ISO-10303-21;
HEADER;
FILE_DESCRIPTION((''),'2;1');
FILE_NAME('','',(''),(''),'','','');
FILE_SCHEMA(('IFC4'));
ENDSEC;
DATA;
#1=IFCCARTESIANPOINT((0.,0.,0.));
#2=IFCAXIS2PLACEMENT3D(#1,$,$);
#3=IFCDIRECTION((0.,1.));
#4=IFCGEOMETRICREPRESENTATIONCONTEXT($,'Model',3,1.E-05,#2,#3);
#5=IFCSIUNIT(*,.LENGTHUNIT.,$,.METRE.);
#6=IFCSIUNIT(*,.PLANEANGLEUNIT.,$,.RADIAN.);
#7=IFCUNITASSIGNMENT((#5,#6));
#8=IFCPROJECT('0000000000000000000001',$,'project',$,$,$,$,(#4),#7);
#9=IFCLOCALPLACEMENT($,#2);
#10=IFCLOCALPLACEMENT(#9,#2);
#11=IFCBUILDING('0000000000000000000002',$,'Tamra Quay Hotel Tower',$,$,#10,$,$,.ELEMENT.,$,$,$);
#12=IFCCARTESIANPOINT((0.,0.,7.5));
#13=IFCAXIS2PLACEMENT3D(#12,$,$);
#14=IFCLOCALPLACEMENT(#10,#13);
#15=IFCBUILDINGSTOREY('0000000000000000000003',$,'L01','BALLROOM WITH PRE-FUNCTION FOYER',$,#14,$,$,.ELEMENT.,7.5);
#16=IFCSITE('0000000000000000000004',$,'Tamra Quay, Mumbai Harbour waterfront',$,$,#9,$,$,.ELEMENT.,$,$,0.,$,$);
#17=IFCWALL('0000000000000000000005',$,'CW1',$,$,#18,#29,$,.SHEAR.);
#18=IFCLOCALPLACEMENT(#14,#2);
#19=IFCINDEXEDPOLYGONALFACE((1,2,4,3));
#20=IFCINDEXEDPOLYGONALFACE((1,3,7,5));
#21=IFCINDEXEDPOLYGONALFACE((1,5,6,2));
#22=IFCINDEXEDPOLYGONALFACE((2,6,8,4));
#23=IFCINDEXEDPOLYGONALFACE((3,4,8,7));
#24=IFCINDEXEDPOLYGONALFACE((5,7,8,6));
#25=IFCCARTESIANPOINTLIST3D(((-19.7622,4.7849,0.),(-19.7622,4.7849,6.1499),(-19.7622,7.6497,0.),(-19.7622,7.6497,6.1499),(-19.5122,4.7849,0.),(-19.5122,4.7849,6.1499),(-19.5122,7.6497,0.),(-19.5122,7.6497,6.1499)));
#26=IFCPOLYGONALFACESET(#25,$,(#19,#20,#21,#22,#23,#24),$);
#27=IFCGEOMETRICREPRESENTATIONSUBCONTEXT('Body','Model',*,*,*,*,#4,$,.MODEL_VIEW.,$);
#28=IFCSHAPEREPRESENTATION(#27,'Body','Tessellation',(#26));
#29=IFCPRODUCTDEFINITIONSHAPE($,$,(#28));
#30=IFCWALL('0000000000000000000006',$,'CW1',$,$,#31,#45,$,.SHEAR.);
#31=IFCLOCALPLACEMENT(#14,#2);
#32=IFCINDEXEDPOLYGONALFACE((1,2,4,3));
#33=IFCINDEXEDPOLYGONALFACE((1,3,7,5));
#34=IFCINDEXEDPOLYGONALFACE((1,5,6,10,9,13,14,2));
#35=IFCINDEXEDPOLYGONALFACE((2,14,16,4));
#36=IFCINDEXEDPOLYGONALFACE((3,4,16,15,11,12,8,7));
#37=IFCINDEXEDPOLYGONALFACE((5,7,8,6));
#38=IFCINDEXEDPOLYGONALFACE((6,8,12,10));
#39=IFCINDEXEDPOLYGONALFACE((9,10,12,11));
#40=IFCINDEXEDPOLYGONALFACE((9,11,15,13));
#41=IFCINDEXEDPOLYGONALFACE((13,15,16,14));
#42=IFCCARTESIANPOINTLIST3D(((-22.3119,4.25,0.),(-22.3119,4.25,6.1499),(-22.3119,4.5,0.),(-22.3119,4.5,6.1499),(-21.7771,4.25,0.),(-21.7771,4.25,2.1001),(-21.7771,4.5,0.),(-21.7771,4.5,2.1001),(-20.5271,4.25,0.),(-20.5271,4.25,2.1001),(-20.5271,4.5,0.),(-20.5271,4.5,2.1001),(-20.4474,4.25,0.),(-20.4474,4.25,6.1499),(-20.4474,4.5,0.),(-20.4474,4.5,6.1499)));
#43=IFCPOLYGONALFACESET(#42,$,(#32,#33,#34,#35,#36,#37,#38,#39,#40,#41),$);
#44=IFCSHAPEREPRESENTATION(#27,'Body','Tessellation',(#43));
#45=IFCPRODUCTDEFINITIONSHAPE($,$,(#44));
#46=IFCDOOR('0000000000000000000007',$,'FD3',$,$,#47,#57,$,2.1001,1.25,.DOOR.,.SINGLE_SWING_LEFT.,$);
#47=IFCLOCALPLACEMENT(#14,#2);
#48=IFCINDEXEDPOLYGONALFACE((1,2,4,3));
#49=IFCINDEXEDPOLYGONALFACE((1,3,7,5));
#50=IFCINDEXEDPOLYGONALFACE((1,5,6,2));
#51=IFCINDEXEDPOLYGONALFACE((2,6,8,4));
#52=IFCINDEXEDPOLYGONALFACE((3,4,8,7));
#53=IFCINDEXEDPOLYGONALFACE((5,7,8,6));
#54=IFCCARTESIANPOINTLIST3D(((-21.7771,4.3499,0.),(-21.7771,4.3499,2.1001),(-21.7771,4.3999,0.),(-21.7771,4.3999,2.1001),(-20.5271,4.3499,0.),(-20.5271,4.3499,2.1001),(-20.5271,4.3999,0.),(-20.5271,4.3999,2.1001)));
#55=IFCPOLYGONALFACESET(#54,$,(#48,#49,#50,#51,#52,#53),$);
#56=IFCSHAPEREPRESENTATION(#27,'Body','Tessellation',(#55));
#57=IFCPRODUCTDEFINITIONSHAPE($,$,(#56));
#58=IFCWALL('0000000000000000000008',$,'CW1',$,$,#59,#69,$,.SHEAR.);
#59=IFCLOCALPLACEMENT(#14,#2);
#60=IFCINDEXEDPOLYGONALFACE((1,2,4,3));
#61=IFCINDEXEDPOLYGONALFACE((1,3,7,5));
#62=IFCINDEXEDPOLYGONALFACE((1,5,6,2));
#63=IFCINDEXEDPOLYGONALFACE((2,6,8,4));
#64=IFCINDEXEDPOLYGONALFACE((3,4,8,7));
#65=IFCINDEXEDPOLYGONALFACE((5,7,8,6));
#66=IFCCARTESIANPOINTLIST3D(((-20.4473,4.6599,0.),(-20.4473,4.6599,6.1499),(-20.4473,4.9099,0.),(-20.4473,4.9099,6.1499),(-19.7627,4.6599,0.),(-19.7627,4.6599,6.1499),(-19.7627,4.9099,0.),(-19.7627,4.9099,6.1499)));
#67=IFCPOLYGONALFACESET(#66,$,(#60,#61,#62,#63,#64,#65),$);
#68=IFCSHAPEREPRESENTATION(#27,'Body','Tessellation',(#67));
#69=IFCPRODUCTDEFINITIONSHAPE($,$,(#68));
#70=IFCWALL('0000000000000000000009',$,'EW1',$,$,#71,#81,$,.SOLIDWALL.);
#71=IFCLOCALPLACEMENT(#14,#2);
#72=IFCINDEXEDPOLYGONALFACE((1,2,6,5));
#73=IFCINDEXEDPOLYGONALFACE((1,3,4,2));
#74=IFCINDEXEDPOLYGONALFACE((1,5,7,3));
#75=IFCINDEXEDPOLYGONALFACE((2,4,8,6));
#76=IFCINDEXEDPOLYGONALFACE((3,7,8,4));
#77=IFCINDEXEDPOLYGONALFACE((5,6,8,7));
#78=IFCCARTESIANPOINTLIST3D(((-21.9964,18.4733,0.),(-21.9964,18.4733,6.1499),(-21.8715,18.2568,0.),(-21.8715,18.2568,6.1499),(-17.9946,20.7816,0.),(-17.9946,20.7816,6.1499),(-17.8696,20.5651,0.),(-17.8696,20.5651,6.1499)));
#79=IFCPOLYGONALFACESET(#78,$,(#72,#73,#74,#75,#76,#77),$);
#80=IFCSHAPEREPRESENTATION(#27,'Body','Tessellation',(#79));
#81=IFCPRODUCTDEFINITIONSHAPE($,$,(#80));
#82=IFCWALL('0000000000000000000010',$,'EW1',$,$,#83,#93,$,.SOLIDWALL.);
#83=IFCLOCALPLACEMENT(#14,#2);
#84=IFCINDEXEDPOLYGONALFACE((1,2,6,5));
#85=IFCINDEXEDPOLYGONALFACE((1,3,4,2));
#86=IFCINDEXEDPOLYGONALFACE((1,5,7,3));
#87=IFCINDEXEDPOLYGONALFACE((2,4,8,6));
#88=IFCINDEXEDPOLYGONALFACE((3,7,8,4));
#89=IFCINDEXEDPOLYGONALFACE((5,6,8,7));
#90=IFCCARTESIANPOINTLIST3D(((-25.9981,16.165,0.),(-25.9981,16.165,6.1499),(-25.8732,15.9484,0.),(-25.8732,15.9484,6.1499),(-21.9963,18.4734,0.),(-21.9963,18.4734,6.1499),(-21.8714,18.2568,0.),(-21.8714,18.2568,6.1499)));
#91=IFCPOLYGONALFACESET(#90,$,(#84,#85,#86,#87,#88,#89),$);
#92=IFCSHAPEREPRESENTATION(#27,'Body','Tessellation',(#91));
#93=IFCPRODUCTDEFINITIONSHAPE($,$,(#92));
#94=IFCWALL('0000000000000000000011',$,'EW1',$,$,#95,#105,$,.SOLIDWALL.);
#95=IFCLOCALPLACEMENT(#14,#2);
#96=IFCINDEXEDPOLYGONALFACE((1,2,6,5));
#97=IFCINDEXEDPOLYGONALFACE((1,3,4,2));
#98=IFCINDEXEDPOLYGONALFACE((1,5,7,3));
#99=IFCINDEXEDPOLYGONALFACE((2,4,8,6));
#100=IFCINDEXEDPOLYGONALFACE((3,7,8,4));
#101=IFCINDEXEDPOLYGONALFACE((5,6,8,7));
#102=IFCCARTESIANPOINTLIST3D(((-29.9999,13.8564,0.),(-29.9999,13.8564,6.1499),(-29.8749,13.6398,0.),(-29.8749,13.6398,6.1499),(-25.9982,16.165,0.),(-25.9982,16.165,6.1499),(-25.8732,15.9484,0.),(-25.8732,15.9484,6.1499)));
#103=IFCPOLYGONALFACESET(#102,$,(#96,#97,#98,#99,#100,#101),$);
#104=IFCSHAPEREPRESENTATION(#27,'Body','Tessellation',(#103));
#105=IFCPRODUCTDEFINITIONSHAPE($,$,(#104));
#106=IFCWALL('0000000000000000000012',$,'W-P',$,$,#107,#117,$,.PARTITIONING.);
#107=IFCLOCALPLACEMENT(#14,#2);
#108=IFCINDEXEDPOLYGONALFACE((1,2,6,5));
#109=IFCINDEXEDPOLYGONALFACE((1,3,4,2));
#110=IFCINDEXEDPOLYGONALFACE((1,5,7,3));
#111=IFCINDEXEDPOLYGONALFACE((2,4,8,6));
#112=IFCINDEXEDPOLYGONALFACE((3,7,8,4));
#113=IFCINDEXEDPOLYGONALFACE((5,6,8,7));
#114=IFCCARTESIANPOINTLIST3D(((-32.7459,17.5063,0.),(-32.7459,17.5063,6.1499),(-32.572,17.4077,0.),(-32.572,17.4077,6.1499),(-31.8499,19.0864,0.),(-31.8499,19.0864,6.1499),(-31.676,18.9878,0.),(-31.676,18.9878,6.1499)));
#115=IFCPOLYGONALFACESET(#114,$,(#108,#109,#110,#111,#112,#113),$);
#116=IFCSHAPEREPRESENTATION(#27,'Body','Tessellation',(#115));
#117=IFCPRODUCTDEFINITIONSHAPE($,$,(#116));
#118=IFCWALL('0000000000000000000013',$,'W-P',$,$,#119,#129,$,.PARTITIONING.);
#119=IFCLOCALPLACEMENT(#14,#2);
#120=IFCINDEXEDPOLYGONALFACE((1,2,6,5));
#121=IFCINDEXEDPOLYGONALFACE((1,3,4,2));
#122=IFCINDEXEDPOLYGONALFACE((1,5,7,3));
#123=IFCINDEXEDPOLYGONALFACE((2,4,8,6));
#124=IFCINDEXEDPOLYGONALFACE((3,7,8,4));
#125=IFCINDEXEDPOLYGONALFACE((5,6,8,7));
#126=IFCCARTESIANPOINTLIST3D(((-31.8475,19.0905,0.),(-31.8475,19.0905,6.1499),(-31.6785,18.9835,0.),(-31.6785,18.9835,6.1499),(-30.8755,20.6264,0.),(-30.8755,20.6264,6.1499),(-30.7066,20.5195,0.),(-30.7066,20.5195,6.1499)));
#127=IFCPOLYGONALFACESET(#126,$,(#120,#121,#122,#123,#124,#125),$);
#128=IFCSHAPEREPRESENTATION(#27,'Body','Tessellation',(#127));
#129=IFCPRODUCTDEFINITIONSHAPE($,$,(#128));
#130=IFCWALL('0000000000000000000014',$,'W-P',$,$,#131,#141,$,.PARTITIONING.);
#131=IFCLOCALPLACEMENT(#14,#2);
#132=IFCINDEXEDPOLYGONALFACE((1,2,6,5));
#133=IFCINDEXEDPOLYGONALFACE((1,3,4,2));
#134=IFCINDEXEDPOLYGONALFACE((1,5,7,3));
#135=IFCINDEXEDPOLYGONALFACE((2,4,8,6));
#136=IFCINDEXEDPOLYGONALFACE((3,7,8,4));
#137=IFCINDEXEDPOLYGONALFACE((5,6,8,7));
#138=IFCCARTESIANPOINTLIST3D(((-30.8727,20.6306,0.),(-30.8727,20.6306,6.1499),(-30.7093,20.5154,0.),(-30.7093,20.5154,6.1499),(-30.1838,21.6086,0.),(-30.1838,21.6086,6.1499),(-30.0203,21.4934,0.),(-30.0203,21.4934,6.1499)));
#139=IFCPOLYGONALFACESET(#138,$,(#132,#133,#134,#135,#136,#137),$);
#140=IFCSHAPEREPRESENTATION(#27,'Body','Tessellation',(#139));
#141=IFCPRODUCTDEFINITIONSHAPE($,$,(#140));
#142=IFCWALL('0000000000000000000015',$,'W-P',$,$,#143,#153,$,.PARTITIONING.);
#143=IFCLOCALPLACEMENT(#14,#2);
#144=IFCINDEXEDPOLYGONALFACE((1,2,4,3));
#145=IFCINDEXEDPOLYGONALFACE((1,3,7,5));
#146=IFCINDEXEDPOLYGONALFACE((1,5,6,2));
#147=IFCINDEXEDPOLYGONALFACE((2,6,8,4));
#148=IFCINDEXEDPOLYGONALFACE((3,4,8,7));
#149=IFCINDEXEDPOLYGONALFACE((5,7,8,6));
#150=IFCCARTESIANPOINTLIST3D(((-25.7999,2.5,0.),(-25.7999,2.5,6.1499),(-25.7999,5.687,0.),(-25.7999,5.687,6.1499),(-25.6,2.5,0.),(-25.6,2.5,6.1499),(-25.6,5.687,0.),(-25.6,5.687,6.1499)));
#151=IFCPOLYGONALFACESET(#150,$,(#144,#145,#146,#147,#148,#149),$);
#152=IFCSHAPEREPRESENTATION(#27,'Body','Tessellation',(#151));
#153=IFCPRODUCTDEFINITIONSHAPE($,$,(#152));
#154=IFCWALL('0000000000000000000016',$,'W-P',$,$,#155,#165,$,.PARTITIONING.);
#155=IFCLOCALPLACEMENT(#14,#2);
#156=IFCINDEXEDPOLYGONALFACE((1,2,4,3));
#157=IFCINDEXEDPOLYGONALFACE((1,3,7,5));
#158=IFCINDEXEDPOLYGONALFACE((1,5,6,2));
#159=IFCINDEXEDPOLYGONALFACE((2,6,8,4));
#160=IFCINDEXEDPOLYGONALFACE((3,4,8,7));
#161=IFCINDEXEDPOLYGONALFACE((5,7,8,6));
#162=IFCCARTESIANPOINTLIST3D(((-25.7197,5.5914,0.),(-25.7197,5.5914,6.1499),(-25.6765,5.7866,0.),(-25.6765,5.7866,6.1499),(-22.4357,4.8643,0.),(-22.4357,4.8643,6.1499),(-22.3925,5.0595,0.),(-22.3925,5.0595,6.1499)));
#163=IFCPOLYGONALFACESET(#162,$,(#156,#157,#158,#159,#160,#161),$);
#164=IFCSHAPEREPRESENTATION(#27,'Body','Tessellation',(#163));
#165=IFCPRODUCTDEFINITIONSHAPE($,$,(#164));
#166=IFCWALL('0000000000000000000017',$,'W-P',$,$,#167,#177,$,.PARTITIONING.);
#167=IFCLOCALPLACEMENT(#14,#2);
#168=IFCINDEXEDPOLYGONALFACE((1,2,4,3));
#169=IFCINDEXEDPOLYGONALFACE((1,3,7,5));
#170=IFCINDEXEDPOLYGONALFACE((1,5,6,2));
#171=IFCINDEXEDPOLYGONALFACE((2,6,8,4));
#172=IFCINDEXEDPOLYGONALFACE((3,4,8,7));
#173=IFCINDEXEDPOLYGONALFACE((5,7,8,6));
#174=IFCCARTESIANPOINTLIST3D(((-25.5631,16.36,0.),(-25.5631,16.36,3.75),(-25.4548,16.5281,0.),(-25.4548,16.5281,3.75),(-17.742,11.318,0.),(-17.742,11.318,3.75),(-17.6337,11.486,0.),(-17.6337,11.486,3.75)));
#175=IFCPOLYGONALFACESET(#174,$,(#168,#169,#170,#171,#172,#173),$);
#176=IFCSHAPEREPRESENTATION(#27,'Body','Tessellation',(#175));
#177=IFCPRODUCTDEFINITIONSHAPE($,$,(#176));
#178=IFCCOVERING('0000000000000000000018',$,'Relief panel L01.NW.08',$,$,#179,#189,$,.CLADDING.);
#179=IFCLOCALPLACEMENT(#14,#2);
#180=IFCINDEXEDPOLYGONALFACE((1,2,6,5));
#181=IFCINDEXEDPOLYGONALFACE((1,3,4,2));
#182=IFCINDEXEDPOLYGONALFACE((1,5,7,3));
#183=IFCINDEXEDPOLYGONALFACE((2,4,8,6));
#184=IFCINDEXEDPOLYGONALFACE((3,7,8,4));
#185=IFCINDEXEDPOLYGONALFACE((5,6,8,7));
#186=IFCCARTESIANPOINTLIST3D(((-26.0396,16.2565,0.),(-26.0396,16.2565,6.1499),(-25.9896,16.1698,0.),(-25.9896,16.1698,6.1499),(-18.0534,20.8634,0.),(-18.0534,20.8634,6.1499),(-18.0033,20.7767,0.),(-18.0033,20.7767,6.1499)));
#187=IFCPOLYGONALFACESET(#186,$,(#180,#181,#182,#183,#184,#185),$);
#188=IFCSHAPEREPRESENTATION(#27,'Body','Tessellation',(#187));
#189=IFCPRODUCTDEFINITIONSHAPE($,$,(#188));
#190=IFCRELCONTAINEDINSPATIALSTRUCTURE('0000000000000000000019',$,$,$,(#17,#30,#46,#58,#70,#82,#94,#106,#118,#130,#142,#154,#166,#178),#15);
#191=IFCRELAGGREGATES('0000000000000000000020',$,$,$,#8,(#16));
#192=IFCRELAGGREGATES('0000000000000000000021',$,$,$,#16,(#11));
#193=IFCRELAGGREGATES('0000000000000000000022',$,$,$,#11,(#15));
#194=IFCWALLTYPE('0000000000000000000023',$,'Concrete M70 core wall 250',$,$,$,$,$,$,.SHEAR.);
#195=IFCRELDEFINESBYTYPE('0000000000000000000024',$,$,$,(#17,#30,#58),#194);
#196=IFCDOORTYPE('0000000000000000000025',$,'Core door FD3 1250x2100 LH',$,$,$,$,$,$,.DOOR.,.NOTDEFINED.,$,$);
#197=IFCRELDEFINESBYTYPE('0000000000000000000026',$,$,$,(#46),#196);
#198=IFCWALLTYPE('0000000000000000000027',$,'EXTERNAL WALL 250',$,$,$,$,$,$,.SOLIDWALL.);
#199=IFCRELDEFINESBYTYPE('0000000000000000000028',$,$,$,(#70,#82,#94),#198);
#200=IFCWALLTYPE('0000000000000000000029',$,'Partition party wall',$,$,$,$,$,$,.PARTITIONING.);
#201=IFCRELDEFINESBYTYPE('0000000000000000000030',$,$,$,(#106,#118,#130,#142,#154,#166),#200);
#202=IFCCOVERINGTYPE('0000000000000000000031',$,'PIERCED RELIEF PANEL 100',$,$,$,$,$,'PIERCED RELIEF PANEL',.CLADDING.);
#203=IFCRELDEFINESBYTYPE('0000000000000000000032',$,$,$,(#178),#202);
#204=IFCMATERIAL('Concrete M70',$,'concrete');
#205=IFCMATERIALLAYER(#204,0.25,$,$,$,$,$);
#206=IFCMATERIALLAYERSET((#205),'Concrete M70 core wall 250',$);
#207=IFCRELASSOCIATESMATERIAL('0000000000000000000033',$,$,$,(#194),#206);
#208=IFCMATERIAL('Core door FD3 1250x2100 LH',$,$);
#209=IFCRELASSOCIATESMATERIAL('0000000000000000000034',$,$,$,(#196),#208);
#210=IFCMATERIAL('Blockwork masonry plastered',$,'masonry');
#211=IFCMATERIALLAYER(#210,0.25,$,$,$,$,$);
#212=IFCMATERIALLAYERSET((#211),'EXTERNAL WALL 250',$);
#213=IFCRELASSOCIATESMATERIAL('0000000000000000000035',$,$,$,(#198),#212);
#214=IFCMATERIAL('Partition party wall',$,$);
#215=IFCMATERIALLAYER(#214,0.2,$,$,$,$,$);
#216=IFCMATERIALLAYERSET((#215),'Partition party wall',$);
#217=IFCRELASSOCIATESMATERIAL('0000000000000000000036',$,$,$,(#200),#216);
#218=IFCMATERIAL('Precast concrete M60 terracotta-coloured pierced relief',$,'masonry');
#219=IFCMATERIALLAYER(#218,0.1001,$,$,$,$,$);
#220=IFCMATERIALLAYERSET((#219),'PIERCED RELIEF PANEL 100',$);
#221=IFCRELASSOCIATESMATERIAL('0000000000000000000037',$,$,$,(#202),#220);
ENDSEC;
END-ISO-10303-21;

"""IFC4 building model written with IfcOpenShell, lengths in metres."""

from ifc_helpers import new_model, si_unit, direction, frame, frame_2d, origin, origin_2d, place, context, subcontext, project, spatial, rectangle, extrude, material, layer, layer_set, type_object, element, fill, save


model = new_model("IFC4")

# Units and contexts
model_context = context("Model", 3, precision=1e-05, world=origin(), true_north=direction((0.0, 1.0)))
body_context = subcontext(model_context, "Body", "Model", "MODEL_VIEW")
ifc_project = project(units=[si_unit("LENGTHUNIT", "METRE"), si_unit("PLANEANGLEUNIT", "RADIAN")], contexts=[model_context])

# Site, building, storey
site_placement = place(None, origin())
site = spatial("IfcSite", under=ifc_project, at=site_placement, Name="Tamra Quay, Mumbai Harbour waterfront", CompositionType="ELEMENT", RefElevation=0.0)
building_placement = place(site_placement, origin())
building = spatial("IfcBuilding", under=site, at=building_placement, Name="Tamra Quay Hotel Tower", CompositionType="ELEMENT")
storey_placement = place(building_placement, frame((0.0, 0.0, 7.5)))
storey = spatial("IfcBuildingStorey", under=building, at=storey_placement, Name="L01", Description="BALLROOM WITH PRE-FUNCTION FOYER", CompositionType="ELEMENT", Elevation=7.5)

# Shared definitions
ifc_material_1 = material(Name="Concrete M70", Category="concrete")

# Wall
ifc_layer_1 = layer(ifc_material_1, 0.25)
ifc_layer_set_1 = layer_set([ifc_layer_1], Name="Concrete M70 core wall 250")
wall_type_1 = type_object("IfcWallType", Name="Concrete M70 core wall 250", PredefinedType="SHEAR", material=ifc_layer_set_1)
wall_1_placement = place(storey_placement, frame((-19.6372, 4.7849, 0.0), z_axis=(0.0, 0.0, 1.0), x_axis=(0.0, 1.0, 0.0)))
element("IfcWall", 1, at=wall_1_placement, inside=storey, type_object=wall_type_1, Name="CW1", PredefinedType="SHEAR", context=body_context, shape_type="SweptSolid", body=[
    extrude(rectangle(XDim=2.8647, YDim=0.25, at=frame_2d((1.4324, 0.0))), origin(), (0.0, 0.0, 1.0), 6.1499),
])

# Wall, opening, door
wall_2_placement = place(storey_placement, frame((-22.3118, 4.375, 0.0), z_axis=(0.0, 0.0, 1.0), x_axis=(1.0, 0.0, 0.0)))
wall_2 = element("IfcWall", 2, at=wall_2_placement, inside=storey, type_object=wall_type_1, Name="CW1", PredefinedType="SHEAR", context=body_context, shape_type="SweptSolid", body=[
    extrude(rectangle(XDim=1.8645, YDim=0.25, at=frame_2d((0.9321, 0.0))), origin(), (0.0, 0.0, 1.0), 6.1499),
])
opening_placement = place(wall_2_placement, frame((0.5347, 0.0, 0.0)))
opening = element("IfcOpeningElement", 3, at=opening_placement, cuts=wall_2, PredefinedType="OPENING", context=body_context, shape_type="SweptSolid", body=[
    extrude(rectangle(XDim=1.25, YDim=2.1001, at=frame_2d((0.625, 1.05))), frame((0.0, 0.135, 0.0), z_axis=(0.0, -1.0, 0.0), x_axis=(1.0, 0.0, 0.0)), (0.0, 0.0, 1.0), 0.27),
])
ifc_material_2 = material(Name="Core door FD3 1250x2100 LH")
door_type = type_object("IfcDoorType", Name="Core door FD3 1250x2100 LH", OperationType="NOTDEFINED", PredefinedType="DOOR", material=ifc_material_2)
door_placement = place(opening_placement, origin())
door = element("IfcDoor", 4, at=door_placement, inside=storey, type_object=door_type, Name="FD3", OperationType="SINGLE_SWING_LEFT", OverallHeight=2.1001, OverallWidth=1.25, PredefinedType="DOOR", context=body_context, shape_type="SweptSolid", body=[
    extrude(rectangle(XDim=1.25, YDim=2.1001, at=frame_2d((0.625, 1.05))), frame((0.0, 0.0249, 0.0), z_axis=(0.0, -1.0, 0.0), x_axis=(1.0, 0.0, 0.0)), (0.0, 0.0, 1.0), 0.05),
])
fill(opening, door)

# Walls
wall_3_placement = place(storey_placement, frame((-20.4473, 4.7849, 0.0), z_axis=(0.0, 0.0, 1.0), x_axis=(1.0, 0.0, 0.0)))
element("IfcWall", 5, at=wall_3_placement, inside=storey, type_object=wall_type_1, Name="CW1", PredefinedType="SHEAR", context=body_context, shape_type="SweptSolid", body=[
    extrude(rectangle(XDim=0.6846, YDim=0.25, at=frame_2d((0.3423, 0.0))), origin(), (0.0, 0.0, 1.0), 6.1499),
])
ifc_material_3 = material(Name="Blockwork masonry plastered", Category="masonry")
ifc_layer_2 = layer(ifc_material_3, 0.25)
ifc_layer_set_2 = layer_set([ifc_layer_2], Name="EXTERNAL WALL 250")
wall_type_2 = type_object("IfcWallType", Name="EXTERNAL WALL 250", PredefinedType="SOLIDWALL", material=ifc_layer_set_2)
for number, where, z_axis, x_axis, name in (
    (6, (-21.9341, 18.365, 0.0), (0.0, 0.0, 1.0), (0.86623, 0.499646, 0.0), "EW1"),
    (7, (-25.9358, 16.0566, 0.0), (0.0, 0.0, 1.0), (0.866216, 0.499669, 0.0), "EW1"),
    (8, (-29.9375, 13.748, 0.0), (0.0, 0.0, 1.0), (0.866194, 0.499709, 0.0), "EW1"),
):
    element("IfcWall", number, at=place(storey_placement, frame(where, z_axis=z_axis, x_axis=x_axis)), inside=storey, type_object=wall_type_2, Name=name, PredefinedType="SOLIDWALL", context=body_context, shape_type="SweptSolid", body=[
        extrude(rectangle(XDim=4.6199, YDim=0.25, at=frame_2d((2.3101, 0.0))), origin(), (0.0, 0.0, 1.0), 6.1499),
    ])
ifc_material_4 = material(Name="Partition party wall")
ifc_layer_3 = layer(ifc_material_4, 0.2)
ifc_layer_set_3 = layer_set([ifc_layer_3], Name="Partition party wall")
wall_type_3 = type_object("IfcWallType", Name="Partition party wall", PredefinedType="PARTITIONING", material=ifc_layer_set_3)
wall_4_placement = place(storey_placement, frame((-32.6589, 17.457, 0.0), z_axis=(0.0, 0.0, 1.0), x_axis=(0.49327, 0.869876, 0.0)))
element("IfcWall", 9, at=wall_4_placement, inside=storey, type_object=wall_type_3, Name="W-P", PredefinedType="PARTITIONING", context=body_context, shape_type="SweptSolid", body=[
    extrude(rectangle(XDim=1.8164, YDim=0.2, at=frame_2d((0.9082, 0.0))), origin(), (0.0, 0.0, 1.0), 6.1499),
])
wall_5_placement = place(storey_placement, frame((-31.7629, 19.0371, 0.0), z_axis=(0.0, 0.0, 1.0), x_axis=(0.534736, 0.845019, 0.0)))
element("IfcWall", 10, at=wall_5_placement, inside=storey, type_object=wall_type_3, Name="W-P", PredefinedType="PARTITIONING", context=body_context, shape_type="SweptSolid", body=[
    extrude(rectangle(XDim=1.8176, YDim=0.2, at=frame_2d((0.9087, 0.0))), origin(), (0.0, 0.0, 1.0), 6.1499),
])
wall_6_placement = place(storey_placement, frame((-30.791, 20.573, 0.0), z_axis=(0.0, 0.0, 1.0), x_axis=(0.575898, 0.817522, 0.0)))
element("IfcWall", 11, at=wall_6_placement, inside=storey, type_object=wall_type_3, Name="W-P", PredefinedType="PARTITIONING", context=body_context, shape_type="SweptSolid", body=[
    extrude(rectangle(XDim=1.1963, YDim=0.2, at=frame_2d((0.5981, 0.0))), origin(), (0.0, 0.0, 1.0), 6.1499),
])
wall_7_placement = place(storey_placement, frame((-25.7, 2.5, 0.0), z_axis=(0.0, 0.0, 1.0), x_axis=(0.0, 1.0, 0.0)))
element("IfcWall", 12, at=wall_7_placement, inside=storey, type_object=wall_type_3, Name="W-P", PredefinedType="PARTITIONING", context=body_context, shape_type="SweptSolid", body=[
    extrude(rectangle(XDim=3.187, YDim=0.2, at=frame_2d((1.5935, 0.0))), origin(), (0.0, 0.0, 1.0), 6.1499),
])
wall_8_placement = place(storey_placement, frame((-25.698, 5.689, 0.0), z_axis=(0.0, 0.0, 1.0), x_axis=(0.976358, -0.216162, 0.0)))
element("IfcWall", 13, at=wall_8_placement, inside=storey, type_object=wall_type_3, Name="W-P", PredefinedType="PARTITIONING", context=body_context, shape_type="SweptSolid", body=[
    extrude(rectangle(XDim=3.3635, YDim=0.2, at=frame_2d((1.6816, 0.0))), origin(), (0.0, 0.0, 1.0), 6.1499),
])
wall_9_placement = place(storey_placement, frame((-25.509, 16.4441, 0.0), z_axis=(0.0, 0.0, 1.0), x_axis=(0.840485, -0.541835, 0.0)))
element("IfcWall", 14, at=wall_9_placement, inside=storey, type_object=wall_type_3, Name="W-P", PredefinedType="PARTITIONING", context=body_context, shape_type="SweptSolid", body=[
    extrude(rectangle(XDim=9.3054, YDim=0.2, at=frame_2d((4.6528, 0.0))), origin(), (0.0, 0.0, 1.0), 3.75),
])

# Covering
ifc_material_5 = material(Name="Precast concrete M60 terracotta-coloured pierced relief", Category="masonry")
ifc_layer_4 = layer(ifc_material_5, 0.1001)
ifc_layer_set_4 = layer_set([ifc_layer_4], Name="PIERCED RELIEF PANEL 100")
covering_type_1 = type_object("IfcCoveringType", Name="PIERCED RELIEF PANEL 100", ElementType="PIERCED RELIEF PANEL", PredefinedType="CLADDING", material=ifc_layer_set_4)
covering_1_placement = place(storey_placement, frame((-22.0215, 18.5166, 0.0), z_axis=(0.0, 0.0, 1.0), x_axis=(-0.866215, -0.499672, 0.0)))
element("IfcCovering", 15, at=covering_1_placement, inside=storey, type_object=covering_type_1, Name="Relief panel L01.NW.08", PredefinedType="CLADDING", context=body_context, shape_type="SweptSolid", body=[
    extrude(rectangle(XDim=9.2197, YDim=0.1001, at=origin_2d()), origin(), (0.0, 0.0, 1.0), 6.1499),
])

save(model, "model.ifc")
